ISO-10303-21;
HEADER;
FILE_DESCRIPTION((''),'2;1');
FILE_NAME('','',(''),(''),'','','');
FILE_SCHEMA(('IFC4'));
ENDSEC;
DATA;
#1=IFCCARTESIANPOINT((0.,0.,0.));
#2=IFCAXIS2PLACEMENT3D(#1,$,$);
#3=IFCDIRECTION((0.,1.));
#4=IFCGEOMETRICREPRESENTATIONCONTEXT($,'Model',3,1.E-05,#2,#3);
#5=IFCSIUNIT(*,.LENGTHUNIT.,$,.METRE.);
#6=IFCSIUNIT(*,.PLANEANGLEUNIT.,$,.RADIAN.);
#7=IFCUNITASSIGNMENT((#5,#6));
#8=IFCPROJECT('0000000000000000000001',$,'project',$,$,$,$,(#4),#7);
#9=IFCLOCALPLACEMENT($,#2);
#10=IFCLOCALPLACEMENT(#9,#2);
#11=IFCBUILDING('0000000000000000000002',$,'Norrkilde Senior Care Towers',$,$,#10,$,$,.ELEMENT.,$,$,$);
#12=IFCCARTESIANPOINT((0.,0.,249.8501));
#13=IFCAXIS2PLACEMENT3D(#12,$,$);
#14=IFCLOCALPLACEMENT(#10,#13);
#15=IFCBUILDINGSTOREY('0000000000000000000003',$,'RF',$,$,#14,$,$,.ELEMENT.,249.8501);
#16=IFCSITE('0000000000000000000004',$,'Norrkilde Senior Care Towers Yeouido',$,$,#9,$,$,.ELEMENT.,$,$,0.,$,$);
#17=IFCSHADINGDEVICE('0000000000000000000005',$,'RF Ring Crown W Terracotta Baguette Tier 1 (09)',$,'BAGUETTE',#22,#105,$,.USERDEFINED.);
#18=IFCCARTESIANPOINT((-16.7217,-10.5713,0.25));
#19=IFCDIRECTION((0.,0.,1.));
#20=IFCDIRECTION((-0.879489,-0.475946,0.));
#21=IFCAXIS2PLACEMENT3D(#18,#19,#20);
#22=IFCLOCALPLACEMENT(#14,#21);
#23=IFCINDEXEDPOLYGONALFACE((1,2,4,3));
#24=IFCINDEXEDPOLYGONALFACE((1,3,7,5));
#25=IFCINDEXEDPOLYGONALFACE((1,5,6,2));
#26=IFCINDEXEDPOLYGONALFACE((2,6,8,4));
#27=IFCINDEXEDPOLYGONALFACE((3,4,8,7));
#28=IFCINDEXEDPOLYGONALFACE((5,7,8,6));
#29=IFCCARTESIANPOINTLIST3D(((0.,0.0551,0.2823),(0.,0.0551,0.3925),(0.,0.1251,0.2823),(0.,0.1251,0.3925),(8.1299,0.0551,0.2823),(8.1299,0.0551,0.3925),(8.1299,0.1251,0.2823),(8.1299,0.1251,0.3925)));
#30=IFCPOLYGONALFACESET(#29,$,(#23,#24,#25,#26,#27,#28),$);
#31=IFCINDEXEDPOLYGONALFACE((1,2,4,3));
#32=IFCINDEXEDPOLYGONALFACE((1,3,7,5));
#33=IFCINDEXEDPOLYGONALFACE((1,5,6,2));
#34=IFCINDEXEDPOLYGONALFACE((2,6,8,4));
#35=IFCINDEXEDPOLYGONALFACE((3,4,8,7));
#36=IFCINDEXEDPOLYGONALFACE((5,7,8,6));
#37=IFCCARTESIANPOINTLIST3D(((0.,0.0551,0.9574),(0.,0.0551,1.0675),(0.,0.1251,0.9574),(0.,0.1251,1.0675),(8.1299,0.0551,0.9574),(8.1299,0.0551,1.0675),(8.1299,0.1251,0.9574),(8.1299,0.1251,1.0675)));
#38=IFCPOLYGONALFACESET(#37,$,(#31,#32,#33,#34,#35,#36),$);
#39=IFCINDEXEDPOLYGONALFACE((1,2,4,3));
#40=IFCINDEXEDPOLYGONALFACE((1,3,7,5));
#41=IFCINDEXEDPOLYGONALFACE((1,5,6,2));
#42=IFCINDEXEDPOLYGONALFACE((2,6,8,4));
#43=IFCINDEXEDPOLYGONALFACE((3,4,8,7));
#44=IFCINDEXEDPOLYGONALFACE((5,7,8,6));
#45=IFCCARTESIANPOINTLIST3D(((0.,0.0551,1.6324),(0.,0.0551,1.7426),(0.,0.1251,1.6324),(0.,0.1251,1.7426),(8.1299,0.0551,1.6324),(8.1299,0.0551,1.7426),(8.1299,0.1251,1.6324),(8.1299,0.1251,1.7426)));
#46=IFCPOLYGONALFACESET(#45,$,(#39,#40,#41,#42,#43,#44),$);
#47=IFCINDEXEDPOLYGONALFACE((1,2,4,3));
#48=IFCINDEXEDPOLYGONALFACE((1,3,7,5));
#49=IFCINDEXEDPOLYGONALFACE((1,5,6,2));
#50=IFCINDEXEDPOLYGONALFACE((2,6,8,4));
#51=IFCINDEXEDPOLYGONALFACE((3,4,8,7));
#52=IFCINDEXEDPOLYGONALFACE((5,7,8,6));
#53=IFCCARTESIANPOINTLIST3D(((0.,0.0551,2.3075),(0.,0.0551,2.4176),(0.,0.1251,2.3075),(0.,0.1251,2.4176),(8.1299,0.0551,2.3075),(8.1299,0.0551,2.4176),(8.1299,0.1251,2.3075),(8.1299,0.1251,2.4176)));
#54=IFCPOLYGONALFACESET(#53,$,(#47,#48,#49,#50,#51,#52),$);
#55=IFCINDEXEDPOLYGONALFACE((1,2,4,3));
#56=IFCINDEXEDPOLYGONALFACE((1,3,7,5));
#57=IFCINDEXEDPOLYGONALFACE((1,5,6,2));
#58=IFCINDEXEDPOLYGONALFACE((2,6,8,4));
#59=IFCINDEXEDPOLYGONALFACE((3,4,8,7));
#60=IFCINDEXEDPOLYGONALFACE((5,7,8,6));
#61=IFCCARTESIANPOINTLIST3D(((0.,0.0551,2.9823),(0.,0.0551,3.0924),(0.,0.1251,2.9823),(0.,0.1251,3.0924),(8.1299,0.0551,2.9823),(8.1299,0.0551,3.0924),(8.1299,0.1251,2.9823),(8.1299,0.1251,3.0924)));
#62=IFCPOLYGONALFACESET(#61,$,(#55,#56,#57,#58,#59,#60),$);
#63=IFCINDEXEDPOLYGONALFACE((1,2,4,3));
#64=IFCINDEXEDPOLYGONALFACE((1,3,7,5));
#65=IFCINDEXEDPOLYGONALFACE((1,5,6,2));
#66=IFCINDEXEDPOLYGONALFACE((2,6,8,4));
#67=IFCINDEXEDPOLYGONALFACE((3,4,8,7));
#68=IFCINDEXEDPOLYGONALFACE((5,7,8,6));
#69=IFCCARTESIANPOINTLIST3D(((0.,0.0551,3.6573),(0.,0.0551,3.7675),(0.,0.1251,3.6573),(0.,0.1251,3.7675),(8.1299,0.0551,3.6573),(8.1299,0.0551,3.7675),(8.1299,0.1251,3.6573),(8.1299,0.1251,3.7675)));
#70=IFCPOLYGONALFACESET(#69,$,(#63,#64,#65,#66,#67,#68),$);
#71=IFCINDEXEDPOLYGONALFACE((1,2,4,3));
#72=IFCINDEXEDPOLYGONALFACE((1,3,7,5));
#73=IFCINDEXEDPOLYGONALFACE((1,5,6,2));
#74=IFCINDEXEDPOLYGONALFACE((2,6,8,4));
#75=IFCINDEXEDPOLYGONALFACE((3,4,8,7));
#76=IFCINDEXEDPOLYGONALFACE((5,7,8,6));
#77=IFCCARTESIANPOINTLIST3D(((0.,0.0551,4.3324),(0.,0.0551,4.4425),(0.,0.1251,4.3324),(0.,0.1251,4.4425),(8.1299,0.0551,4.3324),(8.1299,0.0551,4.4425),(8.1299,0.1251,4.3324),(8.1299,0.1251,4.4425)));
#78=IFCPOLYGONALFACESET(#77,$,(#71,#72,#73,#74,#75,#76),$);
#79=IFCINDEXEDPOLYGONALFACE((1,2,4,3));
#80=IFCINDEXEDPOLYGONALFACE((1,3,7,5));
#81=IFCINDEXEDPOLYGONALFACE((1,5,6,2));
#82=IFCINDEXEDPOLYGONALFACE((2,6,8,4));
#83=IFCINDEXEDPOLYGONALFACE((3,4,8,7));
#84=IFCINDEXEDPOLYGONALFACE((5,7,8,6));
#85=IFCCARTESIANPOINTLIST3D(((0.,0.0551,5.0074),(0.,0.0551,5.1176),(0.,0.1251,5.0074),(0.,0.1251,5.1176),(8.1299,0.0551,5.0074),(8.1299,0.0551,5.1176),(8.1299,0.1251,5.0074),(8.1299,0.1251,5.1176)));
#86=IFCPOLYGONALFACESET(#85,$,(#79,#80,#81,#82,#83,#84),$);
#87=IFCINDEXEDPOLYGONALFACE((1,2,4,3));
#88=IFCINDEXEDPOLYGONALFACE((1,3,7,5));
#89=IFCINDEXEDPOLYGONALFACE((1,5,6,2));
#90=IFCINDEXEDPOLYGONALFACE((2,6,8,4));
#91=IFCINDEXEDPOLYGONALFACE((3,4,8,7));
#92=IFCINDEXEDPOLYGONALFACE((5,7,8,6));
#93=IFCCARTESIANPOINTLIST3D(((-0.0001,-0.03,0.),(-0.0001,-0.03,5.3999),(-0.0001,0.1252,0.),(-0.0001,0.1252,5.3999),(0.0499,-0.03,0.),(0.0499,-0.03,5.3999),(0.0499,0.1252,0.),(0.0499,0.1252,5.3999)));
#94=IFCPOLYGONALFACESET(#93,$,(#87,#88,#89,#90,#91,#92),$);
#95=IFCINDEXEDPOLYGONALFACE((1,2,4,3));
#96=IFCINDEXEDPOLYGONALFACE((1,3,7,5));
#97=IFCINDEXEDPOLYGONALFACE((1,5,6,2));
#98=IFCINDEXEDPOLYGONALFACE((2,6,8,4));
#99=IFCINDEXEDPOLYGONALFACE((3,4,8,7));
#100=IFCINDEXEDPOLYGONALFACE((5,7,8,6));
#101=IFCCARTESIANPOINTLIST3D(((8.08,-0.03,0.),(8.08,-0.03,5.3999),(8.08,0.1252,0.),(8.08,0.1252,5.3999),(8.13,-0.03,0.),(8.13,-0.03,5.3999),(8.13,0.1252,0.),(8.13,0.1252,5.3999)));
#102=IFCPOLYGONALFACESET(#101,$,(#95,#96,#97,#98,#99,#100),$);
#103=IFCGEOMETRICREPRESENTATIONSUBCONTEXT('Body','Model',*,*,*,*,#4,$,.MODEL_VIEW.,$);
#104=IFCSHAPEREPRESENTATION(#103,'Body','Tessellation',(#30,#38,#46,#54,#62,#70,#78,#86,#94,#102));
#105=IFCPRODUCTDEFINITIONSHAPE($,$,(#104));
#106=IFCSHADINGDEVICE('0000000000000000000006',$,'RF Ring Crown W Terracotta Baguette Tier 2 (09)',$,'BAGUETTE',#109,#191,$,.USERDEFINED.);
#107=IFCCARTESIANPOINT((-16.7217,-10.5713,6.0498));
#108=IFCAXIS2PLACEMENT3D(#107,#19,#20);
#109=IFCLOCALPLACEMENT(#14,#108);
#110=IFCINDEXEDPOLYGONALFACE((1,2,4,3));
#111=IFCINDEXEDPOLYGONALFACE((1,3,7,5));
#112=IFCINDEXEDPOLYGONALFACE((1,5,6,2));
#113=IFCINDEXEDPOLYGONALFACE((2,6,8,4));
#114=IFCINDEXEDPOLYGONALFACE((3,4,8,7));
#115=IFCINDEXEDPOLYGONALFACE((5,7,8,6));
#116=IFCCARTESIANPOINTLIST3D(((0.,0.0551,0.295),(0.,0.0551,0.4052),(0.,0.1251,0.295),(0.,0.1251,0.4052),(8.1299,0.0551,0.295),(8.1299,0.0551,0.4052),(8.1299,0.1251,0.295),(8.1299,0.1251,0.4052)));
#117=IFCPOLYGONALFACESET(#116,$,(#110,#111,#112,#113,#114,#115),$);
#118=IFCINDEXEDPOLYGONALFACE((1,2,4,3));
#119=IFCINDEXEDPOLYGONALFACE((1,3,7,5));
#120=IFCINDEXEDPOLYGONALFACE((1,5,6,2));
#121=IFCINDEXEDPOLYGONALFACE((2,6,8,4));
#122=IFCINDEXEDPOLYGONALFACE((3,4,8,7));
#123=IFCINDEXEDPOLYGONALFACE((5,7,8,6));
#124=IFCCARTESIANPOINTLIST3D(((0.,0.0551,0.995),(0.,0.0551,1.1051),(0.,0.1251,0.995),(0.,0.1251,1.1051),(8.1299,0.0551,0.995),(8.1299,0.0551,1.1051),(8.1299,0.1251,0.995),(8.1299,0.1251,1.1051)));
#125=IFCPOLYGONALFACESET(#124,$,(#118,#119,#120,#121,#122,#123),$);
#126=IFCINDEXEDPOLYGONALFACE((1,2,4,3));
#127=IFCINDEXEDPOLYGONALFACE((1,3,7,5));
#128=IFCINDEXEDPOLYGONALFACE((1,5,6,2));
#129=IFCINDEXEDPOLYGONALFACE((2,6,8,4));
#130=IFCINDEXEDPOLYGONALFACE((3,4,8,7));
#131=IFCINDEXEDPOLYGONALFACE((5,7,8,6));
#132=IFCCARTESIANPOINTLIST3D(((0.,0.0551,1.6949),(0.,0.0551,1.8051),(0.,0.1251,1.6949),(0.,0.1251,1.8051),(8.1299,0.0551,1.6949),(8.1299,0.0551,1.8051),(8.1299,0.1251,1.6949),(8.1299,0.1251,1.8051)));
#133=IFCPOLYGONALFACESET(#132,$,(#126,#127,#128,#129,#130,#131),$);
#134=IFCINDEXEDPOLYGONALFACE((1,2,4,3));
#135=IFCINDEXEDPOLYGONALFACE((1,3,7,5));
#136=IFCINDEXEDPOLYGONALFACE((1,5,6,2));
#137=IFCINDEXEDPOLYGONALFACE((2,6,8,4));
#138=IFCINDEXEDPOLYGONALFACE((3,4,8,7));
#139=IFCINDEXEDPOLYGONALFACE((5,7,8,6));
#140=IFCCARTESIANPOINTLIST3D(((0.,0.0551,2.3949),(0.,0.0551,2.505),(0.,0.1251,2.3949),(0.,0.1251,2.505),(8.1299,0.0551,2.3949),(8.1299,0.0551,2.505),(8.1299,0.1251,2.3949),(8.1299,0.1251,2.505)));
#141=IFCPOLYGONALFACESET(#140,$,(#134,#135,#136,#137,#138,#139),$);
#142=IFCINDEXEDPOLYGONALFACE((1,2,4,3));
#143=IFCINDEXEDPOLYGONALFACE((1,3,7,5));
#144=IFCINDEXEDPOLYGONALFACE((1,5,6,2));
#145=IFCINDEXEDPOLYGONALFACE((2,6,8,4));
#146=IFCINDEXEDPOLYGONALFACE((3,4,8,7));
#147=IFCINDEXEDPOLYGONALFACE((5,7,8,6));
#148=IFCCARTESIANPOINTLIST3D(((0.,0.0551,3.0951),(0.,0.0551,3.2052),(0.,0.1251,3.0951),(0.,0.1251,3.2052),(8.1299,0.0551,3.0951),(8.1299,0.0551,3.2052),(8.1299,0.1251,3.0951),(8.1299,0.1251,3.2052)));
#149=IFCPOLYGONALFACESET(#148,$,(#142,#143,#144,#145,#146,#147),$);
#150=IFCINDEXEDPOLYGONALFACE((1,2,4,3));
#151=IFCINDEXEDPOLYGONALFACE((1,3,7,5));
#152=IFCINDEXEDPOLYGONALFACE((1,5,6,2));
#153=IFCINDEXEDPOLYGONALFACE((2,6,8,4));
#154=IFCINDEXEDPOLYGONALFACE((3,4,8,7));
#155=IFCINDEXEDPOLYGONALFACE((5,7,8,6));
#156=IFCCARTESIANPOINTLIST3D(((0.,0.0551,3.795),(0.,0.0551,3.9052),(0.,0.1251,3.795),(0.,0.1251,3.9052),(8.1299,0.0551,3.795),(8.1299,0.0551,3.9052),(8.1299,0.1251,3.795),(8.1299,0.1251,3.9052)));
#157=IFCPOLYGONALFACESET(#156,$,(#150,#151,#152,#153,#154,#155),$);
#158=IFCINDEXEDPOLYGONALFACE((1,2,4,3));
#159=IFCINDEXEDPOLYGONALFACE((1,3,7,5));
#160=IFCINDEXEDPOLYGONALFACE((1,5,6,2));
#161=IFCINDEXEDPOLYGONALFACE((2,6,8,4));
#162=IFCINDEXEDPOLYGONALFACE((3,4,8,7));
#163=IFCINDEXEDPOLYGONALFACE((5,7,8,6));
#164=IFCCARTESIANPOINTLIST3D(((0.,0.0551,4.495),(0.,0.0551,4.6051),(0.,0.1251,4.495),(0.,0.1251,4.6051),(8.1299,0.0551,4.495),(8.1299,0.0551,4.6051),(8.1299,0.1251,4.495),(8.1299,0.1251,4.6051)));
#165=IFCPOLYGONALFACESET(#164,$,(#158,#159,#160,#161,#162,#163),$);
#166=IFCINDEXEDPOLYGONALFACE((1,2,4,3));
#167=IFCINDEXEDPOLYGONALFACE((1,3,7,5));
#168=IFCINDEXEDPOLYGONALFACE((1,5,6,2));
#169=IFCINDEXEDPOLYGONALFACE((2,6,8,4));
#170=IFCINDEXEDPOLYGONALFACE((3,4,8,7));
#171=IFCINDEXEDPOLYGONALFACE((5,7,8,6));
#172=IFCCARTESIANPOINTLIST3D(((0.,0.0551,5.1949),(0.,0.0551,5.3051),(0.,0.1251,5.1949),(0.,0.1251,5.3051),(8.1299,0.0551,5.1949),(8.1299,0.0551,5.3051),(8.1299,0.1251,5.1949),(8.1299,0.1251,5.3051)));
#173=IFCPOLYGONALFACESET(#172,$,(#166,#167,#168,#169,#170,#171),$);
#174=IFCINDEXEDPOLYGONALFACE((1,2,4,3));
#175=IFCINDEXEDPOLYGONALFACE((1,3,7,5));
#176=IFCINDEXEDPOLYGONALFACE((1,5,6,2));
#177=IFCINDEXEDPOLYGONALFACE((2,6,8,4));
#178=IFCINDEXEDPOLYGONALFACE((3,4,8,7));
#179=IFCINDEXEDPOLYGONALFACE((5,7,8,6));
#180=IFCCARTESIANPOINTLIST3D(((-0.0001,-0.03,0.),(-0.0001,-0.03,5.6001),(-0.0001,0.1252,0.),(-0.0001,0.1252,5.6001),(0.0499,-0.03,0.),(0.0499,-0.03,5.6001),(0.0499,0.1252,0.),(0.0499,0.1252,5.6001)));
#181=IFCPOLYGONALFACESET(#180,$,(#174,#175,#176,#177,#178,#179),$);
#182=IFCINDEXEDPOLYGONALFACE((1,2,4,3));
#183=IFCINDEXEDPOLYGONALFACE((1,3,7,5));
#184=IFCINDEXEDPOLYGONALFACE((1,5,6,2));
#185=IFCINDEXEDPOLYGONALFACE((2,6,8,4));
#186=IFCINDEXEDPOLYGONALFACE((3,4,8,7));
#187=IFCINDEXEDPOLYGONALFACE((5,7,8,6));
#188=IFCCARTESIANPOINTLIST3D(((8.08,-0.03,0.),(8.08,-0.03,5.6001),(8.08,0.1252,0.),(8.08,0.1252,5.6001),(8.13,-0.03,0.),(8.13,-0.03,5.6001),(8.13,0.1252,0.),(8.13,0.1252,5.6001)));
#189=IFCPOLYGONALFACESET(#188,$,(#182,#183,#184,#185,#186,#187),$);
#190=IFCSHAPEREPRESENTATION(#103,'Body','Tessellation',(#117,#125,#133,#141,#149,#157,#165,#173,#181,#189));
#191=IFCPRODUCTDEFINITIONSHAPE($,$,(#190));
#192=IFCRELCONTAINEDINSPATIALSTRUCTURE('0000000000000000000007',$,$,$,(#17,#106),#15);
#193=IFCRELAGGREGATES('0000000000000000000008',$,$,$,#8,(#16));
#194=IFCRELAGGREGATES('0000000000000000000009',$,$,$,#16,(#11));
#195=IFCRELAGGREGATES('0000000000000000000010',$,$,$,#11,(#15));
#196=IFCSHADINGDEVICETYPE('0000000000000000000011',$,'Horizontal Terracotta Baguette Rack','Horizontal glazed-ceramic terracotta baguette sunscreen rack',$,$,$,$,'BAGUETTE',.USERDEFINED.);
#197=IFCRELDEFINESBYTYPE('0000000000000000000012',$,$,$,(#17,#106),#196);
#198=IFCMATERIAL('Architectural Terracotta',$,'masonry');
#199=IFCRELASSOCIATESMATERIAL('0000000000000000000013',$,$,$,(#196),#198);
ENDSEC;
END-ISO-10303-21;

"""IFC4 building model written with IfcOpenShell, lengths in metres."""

from ifc_helpers import new_model, si_unit, direction, frame, origin, origin_2d, place, context, subcontext, project, spatial, rectangle, extrude, source, transform, mapped, material, type_object, element, save


model = new_model("IFC4")

# Units and contexts
model_context = context("Model", 3, precision=1e-05, world=origin(), true_north=direction((0.0, 1.0)))
body_context = subcontext(model_context, "Body", "Model", "MODEL_VIEW")
ifc_project = project(units=[si_unit("LENGTHUNIT", "METRE"), si_unit("PLANEANGLEUNIT", "RADIAN")], contexts=[model_context])

# Site, building, storey
site_placement = place(None, origin())
site = spatial("IfcSite", under=ifc_project, at=site_placement, Name="Norrkilde Senior Care Towers Yeouido", CompositionType="ELEMENT", RefElevation=0.0)
building_placement = place(site_placement, origin())
building = spatial("IfcBuilding", under=site, at=building_placement, Name="Norrkilde Senior Care Towers", CompositionType="ELEMENT")
storey_placement = place(building_placement, frame((0.0, 0.0, 249.8501)))
storey = spatial("IfcBuildingStorey", under=building, at=storey_placement, Name="RF", CompositionType="ELEMENT", Elevation=249.8501)

# Shared definitions
ifc_material_1 = material(Name="Architectural Terracotta", Category="masonry")

# Shading devices
shading_device_type = type_object("IfcShadingDeviceType", Name="Horizontal Terracotta Baguette Rack", Description="Horizontal glazed-ceramic terracotta baguette sunscreen rack", ElementType="BAGUETTE", PredefinedType="USERDEFINED", material=ifc_material_1)
shared_shape_1 = source(origin(), body_context, "Body", "SweptSolid", [
    extrude(rectangle(XDim=0.0701, YDim=0.1101, at=origin_2d()), frame((0.0, 0.0901, 0.3374), z_axis=(1.0, 0.0, 0.0), x_axis=(0.0, 1.0, 0.0)), (0.0, 0.0, 1.0), 8.1299),
    extrude(rectangle(XDim=0.0701, YDim=0.1101, at=origin_2d()), frame((0.0, 0.0901, 1.0125), z_axis=(1.0, 0.0, 0.0), x_axis=(0.0, 1.0, 0.0)), (0.0, 0.0, 1.0), 8.1299),
    extrude(rectangle(XDim=0.0701, YDim=0.1101, at=origin_2d()), frame((0.0, 0.0901, 1.6875), z_axis=(1.0, 0.0, 0.0), x_axis=(0.0, 1.0, 0.0)), (0.0, 0.0, 1.0), 8.1299),
    extrude(rectangle(XDim=0.0701, YDim=0.1101, at=origin_2d()), frame((0.0, 0.0901, 2.3625), z_axis=(1.0, 0.0, 0.0), x_axis=(0.0, 1.0, 0.0)), (0.0, 0.0, 1.0), 8.1299),
    extrude(rectangle(XDim=0.0701, YDim=0.1101, at=origin_2d()), frame((0.0, 0.0901, 3.0374), z_axis=(1.0, 0.0, 0.0), x_axis=(0.0, 1.0, 0.0)), (0.0, 0.0, 1.0), 8.1299),
    extrude(rectangle(XDim=0.0701, YDim=0.1101, at=origin_2d()), frame((0.0, 0.0901, 3.7124), z_axis=(1.0, 0.0, 0.0), x_axis=(0.0, 1.0, 0.0)), (0.0, 0.0, 1.0), 8.1299),
    extrude(rectangle(XDim=0.0701, YDim=0.1101, at=origin_2d()), frame((0.0, 0.0901, 4.3875), z_axis=(1.0, 0.0, 0.0), x_axis=(0.0, 1.0, 0.0)), (0.0, 0.0, 1.0), 8.1299),
    extrude(rectangle(XDim=0.0701, YDim=0.1101, at=origin_2d()), frame((0.0, 0.0901, 5.0625), z_axis=(1.0, 0.0, 0.0), x_axis=(0.0, 1.0, 0.0)), (0.0, 0.0, 1.0), 8.1299),
    extrude(rectangle(XDim=0.05, YDim=0.1553, at=origin_2d()), frame((0.0249, 0.0476, 0.0)), (0.0, 0.0, 1.0), 5.3999),
    extrude(rectangle(XDim=0.05, YDim=0.1553, at=origin_2d()), frame((8.105, 0.0476, 0.0)), (0.0, 0.0, 1.0), 5.3999),
])
shading_device_1_placement = place(storey_placement, frame((-16.7217, -10.5713, 0.25), z_axis=(0.0, 0.0, 1.0), x_axis=(-0.879489, -0.475946, 0.0)))
element("IfcShadingDevice", 1, at=shading_device_1_placement, inside=storey, type_object=shading_device_type, Name="RF Ring Crown W Terracotta Baguette Tier 1 (09)", ObjectType="BAGUETTE", PredefinedType="USERDEFINED", context=body_context, shape_type="MappedRepresentation", body=[
    mapped(shared_shape_1, transform((0.0, 0.0, 0.0), x_axis=(1.0, 0.0, 0.0), y_axis=(0.0, 1.0, 0.0), z_axis=(0.0, 0.0, 1.0), scale=1.0)),
])
shared_shape_2 = source(origin(), body_context, "Body", "SweptSolid", [
    extrude(rectangle(XDim=0.0701, YDim=0.1101, at=origin_2d()), frame((0.0, 0.0901, 0.3501), z_axis=(1.0, 0.0, 0.0), x_axis=(0.0, 1.0, 0.0)), (0.0, 0.0, 1.0), 8.1299),
    extrude(rectangle(XDim=0.0701, YDim=0.1101, at=origin_2d()), frame((0.0, 0.0901, 1.05), z_axis=(1.0, 0.0, 0.0), x_axis=(0.0, 1.0, 0.0)), (0.0, 0.0, 1.0), 8.1299),
    extrude(rectangle(XDim=0.0701, YDim=0.1101, at=origin_2d()), frame((0.0, 0.0901, 1.75), z_axis=(1.0, 0.0, 0.0), x_axis=(0.0, 1.0, 0.0)), (0.0, 0.0, 1.0), 8.1299),
    extrude(rectangle(XDim=0.0701, YDim=0.1101, at=origin_2d()), frame((0.0, 0.0901, 2.45), z_axis=(1.0, 0.0, 0.0), x_axis=(0.0, 1.0, 0.0)), (0.0, 0.0, 1.0), 8.1299),
    extrude(rectangle(XDim=0.0701, YDim=0.1101, at=origin_2d()), frame((0.0, 0.0901, 3.1501), z_axis=(1.0, 0.0, 0.0), x_axis=(0.0, 1.0, 0.0)), (0.0, 0.0, 1.0), 8.1299),
    extrude(rectangle(XDim=0.0701, YDim=0.1101, at=origin_2d()), frame((0.0, 0.0901, 3.8501), z_axis=(1.0, 0.0, 0.0), x_axis=(0.0, 1.0, 0.0)), (0.0, 0.0, 1.0), 8.1299),
    extrude(rectangle(XDim=0.0701, YDim=0.1101, at=origin_2d()), frame((0.0, 0.0901, 4.55), z_axis=(1.0, 0.0, 0.0), x_axis=(0.0, 1.0, 0.0)), (0.0, 0.0, 1.0), 8.1299),
    extrude(rectangle(XDim=0.0701, YDim=0.1101, at=origin_2d()), frame((0.0, 0.0901, 5.25), z_axis=(1.0, 0.0, 0.0), x_axis=(0.0, 1.0, 0.0)), (0.0, 0.0, 1.0), 8.1299),
    extrude(rectangle(XDim=0.05, YDim=0.1553, at=origin_2d()), frame((0.0249, 0.0476, 0.0)), (0.0, 0.0, 1.0), 5.6001),
    extrude(rectangle(XDim=0.05, YDim=0.1553, at=origin_2d()), frame((8.105, 0.0476, 0.0)), (0.0, 0.0, 1.0), 5.6001),
])
shading_device_2_placement = place(storey_placement, frame((-16.7217, -10.5713, 6.0498), z_axis=(0.0, 0.0, 1.0), x_axis=(-0.879489, -0.475946, 0.0)))
element("IfcShadingDevice", 2, at=shading_device_2_placement, inside=storey, type_object=shading_device_type, Name="RF Ring Crown W Terracotta Baguette Tier 2 (09)", ObjectType="BAGUETTE", PredefinedType="USERDEFINED", context=body_context, shape_type="MappedRepresentation", body=[
    mapped(shared_shape_2, transform((0.0, 0.0, 0.0), x_axis=(1.0, 0.0, 0.0), y_axis=(0.0, 1.0, 0.0), z_axis=(0.0, 0.0, 1.0), scale=1.0)),
])

save(model, "model.ifc")
